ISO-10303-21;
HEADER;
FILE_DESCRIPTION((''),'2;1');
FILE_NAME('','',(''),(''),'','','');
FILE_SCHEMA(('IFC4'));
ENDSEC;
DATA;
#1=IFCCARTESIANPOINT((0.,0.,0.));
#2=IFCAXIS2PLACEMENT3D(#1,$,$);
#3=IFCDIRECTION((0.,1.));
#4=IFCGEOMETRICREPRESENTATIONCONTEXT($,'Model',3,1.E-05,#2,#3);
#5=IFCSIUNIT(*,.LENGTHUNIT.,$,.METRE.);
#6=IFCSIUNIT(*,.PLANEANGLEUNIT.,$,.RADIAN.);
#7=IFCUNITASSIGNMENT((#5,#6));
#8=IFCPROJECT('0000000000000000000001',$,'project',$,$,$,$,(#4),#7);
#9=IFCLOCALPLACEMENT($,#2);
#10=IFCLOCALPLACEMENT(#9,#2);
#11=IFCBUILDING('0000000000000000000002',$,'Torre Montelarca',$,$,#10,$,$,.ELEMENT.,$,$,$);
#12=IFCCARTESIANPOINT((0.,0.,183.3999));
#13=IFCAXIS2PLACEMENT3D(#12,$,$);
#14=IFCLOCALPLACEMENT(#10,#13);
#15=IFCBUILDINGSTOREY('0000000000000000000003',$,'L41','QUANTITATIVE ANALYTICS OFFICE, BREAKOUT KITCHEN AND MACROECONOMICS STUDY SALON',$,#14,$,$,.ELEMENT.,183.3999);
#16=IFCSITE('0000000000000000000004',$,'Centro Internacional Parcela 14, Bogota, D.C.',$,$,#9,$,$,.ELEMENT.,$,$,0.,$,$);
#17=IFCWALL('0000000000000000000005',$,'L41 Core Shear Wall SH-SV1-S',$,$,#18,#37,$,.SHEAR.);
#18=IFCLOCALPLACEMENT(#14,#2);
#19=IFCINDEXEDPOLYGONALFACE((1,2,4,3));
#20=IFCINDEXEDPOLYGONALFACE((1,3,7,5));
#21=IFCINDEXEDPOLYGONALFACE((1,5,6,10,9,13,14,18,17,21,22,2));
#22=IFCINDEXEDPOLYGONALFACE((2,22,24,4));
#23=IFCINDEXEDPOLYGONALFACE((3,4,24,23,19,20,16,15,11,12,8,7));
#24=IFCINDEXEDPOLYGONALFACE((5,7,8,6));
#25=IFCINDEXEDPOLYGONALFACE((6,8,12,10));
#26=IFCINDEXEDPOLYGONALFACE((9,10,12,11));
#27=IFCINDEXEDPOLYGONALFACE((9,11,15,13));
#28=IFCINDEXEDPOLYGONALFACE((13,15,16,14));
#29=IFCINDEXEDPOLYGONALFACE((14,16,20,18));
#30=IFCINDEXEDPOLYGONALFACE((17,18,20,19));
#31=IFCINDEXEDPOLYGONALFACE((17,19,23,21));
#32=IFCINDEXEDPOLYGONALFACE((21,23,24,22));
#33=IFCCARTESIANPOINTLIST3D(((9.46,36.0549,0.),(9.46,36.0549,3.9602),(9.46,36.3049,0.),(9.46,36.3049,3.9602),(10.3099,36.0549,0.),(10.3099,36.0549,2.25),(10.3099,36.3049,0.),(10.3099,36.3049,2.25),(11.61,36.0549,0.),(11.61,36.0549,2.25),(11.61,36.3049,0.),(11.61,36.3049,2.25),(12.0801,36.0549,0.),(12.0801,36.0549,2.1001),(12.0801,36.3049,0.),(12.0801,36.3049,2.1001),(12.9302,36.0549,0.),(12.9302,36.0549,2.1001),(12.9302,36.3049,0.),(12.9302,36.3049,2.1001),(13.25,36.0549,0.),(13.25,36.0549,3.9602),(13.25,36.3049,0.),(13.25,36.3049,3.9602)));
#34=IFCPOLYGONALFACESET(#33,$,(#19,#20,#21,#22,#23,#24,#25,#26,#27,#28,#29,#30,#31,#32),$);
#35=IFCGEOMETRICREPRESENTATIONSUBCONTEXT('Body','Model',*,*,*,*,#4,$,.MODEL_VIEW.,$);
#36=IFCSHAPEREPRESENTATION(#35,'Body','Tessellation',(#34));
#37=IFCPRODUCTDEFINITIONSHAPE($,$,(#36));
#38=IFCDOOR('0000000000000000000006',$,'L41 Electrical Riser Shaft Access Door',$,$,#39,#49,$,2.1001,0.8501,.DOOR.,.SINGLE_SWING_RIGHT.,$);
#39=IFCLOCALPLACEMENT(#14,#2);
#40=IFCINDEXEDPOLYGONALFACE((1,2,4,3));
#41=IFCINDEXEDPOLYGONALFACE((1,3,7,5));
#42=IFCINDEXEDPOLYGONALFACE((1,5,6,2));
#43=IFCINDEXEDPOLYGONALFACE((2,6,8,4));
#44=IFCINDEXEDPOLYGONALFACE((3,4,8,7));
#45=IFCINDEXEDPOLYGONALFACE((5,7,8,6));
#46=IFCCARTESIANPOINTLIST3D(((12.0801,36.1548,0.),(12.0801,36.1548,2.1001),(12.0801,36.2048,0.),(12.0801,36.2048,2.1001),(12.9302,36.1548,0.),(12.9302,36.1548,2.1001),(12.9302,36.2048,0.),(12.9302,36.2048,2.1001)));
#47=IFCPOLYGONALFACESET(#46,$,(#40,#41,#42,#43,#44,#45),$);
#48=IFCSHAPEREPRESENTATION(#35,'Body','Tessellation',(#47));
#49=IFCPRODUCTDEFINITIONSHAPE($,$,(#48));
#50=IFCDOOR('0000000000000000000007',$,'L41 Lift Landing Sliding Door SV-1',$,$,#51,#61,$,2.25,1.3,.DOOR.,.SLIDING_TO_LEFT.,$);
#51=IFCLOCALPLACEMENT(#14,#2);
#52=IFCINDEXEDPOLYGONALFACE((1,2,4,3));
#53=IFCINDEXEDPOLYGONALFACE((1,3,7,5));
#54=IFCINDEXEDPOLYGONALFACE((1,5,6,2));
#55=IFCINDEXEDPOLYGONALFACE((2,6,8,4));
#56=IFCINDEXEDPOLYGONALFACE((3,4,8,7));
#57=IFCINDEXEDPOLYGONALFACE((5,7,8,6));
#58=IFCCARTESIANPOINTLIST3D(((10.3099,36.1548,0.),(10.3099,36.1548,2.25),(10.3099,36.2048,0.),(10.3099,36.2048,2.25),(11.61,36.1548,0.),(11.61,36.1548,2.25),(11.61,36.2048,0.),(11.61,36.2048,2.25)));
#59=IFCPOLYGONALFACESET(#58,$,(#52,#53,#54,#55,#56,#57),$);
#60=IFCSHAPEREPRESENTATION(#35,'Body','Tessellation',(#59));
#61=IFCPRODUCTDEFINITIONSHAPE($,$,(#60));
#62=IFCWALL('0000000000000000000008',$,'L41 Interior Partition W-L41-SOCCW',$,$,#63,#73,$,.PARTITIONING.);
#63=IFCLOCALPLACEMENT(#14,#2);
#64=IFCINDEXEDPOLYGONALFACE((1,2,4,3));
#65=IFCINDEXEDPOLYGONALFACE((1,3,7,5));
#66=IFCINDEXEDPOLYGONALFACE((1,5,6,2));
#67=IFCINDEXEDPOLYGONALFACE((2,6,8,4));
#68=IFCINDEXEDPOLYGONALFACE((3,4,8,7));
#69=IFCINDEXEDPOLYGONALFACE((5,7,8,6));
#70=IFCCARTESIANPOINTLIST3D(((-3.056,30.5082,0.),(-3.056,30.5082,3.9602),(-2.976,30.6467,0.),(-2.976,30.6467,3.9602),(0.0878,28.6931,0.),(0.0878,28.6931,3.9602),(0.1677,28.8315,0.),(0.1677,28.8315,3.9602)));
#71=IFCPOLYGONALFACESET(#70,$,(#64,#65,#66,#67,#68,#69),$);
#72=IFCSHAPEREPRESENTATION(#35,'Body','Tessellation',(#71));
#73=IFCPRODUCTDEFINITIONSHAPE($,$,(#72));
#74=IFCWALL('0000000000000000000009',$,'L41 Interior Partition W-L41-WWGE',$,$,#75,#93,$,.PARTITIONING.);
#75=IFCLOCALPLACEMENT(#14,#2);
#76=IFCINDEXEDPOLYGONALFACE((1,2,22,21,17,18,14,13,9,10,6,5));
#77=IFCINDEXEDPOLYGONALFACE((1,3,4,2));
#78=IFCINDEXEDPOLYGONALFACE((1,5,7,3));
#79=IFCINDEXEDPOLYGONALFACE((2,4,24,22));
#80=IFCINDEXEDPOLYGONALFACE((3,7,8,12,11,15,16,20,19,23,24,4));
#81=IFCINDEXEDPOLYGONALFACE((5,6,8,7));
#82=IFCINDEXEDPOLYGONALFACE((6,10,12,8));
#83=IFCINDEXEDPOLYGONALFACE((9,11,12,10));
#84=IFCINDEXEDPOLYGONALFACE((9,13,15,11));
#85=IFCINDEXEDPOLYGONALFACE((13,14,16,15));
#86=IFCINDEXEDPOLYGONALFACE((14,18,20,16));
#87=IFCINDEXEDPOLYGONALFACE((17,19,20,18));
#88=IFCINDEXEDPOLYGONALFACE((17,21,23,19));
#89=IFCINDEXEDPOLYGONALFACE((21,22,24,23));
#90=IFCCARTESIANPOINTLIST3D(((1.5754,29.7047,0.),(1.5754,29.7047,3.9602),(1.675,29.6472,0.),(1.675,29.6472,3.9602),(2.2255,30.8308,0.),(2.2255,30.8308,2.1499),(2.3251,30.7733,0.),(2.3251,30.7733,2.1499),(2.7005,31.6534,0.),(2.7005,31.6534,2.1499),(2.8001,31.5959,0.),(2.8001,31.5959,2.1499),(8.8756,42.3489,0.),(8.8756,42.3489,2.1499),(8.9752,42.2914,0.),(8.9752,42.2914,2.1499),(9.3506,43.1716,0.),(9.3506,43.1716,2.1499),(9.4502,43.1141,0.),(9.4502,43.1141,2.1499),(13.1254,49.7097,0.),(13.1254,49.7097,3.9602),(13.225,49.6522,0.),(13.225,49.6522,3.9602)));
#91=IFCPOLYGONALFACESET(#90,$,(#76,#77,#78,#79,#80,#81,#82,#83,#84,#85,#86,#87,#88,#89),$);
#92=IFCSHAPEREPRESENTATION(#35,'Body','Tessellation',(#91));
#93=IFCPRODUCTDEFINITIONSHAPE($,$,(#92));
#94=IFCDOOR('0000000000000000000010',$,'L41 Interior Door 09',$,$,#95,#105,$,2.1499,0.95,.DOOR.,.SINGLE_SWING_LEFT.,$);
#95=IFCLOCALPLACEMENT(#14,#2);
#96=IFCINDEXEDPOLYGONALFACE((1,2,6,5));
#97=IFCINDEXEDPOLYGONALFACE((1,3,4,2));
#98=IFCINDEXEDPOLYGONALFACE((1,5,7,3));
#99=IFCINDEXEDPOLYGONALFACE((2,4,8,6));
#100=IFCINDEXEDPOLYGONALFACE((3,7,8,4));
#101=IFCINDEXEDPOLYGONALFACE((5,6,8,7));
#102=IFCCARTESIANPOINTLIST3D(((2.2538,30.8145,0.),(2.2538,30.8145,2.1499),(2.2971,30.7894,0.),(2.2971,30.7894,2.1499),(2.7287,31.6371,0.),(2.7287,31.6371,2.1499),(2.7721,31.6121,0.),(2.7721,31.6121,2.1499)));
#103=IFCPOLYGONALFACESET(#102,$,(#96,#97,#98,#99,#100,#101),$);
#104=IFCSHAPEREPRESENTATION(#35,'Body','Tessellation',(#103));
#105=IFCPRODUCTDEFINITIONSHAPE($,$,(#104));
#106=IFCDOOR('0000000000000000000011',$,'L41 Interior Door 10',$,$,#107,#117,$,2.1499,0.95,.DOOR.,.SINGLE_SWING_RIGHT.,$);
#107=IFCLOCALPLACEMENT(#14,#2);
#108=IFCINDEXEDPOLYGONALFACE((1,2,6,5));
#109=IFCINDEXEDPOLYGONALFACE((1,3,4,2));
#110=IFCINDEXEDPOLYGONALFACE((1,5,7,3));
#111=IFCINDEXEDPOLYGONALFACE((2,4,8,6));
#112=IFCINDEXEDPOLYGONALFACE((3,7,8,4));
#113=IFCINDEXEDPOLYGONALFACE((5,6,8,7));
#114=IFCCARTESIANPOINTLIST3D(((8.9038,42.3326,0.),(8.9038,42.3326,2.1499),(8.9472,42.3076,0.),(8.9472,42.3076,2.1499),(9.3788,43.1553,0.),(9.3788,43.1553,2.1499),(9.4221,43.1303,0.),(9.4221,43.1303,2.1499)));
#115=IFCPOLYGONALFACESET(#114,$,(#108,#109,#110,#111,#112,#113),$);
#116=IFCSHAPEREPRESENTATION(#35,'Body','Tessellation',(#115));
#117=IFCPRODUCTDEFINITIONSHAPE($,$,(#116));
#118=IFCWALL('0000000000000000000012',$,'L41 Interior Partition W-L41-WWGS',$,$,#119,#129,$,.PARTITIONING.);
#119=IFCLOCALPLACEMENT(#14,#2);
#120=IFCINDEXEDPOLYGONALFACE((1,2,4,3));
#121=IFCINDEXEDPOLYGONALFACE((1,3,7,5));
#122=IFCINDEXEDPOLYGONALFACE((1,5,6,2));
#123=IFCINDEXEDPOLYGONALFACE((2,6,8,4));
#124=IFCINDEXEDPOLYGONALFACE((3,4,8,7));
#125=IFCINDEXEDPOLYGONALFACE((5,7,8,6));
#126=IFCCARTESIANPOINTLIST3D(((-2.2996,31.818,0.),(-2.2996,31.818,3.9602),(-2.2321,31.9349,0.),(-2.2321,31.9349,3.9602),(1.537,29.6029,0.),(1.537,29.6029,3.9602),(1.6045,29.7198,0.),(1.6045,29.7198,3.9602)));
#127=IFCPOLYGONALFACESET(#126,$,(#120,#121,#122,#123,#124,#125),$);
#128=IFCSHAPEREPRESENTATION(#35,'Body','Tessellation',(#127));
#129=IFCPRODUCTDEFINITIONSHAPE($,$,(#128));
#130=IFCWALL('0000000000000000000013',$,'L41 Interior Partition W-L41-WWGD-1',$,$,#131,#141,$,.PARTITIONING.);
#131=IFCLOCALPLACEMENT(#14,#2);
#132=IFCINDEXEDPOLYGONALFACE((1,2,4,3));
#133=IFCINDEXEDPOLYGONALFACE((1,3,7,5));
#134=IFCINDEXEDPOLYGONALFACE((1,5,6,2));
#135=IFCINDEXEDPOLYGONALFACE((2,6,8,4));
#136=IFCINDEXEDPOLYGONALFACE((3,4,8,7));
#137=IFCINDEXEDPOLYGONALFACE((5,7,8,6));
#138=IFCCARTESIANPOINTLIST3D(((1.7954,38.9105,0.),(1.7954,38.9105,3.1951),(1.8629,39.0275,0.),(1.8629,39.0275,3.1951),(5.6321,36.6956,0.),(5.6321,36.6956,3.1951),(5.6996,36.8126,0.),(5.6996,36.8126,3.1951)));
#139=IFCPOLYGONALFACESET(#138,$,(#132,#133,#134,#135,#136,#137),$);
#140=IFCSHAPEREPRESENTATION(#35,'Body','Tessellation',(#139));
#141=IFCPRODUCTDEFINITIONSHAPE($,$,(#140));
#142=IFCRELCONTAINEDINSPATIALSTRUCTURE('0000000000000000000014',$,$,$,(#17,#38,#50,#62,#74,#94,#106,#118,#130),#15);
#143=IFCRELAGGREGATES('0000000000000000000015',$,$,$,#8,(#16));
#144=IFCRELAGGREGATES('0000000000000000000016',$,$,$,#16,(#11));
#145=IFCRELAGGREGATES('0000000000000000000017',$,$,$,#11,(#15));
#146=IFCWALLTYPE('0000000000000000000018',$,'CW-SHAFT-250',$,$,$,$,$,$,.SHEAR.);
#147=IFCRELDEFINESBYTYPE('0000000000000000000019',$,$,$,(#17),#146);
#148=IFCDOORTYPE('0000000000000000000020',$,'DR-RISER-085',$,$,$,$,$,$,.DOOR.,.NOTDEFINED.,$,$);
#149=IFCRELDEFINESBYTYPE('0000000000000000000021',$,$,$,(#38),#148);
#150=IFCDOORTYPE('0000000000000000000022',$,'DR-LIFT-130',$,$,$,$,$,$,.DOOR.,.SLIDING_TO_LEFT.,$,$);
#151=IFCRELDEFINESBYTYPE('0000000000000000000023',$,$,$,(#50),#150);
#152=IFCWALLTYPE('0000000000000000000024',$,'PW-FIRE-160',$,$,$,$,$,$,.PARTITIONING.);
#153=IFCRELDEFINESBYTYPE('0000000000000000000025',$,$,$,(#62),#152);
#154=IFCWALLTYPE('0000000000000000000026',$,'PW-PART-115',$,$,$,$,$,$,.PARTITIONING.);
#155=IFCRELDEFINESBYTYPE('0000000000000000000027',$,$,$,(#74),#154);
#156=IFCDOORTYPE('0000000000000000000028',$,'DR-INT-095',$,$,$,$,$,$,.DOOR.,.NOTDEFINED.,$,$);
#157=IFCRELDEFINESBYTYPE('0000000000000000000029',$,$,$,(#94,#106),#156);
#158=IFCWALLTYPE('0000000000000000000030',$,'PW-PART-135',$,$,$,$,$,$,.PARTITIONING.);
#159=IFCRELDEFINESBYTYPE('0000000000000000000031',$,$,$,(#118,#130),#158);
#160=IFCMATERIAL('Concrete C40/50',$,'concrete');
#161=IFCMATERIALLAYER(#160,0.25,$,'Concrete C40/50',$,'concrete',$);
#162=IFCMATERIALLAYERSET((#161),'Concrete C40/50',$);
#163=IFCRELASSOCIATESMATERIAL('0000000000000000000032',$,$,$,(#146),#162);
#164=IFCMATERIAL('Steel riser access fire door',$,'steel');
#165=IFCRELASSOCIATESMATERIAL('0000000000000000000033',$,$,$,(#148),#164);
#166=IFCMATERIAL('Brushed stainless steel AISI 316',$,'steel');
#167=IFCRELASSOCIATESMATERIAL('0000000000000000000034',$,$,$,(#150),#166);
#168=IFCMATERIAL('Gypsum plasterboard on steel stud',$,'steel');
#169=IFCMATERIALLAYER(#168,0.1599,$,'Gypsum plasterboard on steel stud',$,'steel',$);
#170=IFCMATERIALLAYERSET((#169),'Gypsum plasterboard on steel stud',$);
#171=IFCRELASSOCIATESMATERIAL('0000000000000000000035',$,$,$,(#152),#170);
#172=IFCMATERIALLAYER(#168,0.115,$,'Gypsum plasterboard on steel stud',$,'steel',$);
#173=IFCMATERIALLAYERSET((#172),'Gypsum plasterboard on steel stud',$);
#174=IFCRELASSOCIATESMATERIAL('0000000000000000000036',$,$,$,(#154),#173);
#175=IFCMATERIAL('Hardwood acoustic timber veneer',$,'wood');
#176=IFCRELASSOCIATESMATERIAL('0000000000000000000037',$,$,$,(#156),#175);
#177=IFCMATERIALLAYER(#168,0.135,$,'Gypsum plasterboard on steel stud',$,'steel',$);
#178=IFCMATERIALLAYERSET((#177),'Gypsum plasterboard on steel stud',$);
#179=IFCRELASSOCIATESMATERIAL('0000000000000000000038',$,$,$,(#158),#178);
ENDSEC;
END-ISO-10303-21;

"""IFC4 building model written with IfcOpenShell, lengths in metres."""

from ifc_helpers import new_model, si_unit, direction, frame, frame_2d, origin, place, context, subcontext, project, spatial, rectangle, extrude, source, transform, mapped, material, layer, layer_set, type_object, element, fill, save


model = new_model("IFC4")

# Units and contexts
model_context = context("Model", 3, precision=1e-05, world=origin(), true_north=direction((0.0, 1.0)))
body_context = subcontext(model_context, "Body", "Model", "MODEL_VIEW")
ifc_project = project(units=[si_unit("LENGTHUNIT", "METRE"), si_unit("PLANEANGLEUNIT", "RADIAN")], contexts=[model_context])

# Site, building, storey
site_placement = place(None, origin())
site = spatial("IfcSite", under=ifc_project, at=site_placement, Name="Centro Internacional Parcela 14, Bogota, D.C.", CompositionType="ELEMENT", RefElevation=0.0)
building_placement = place(site_placement, origin())
building = spatial("IfcBuilding", under=site, at=building_placement, Name="Torre Montelarca", CompositionType="ELEMENT")
storey_placement = place(building_placement, frame((0.0, 0.0, 183.3999)))
storey = spatial("IfcBuildingStorey", under=building, at=storey_placement, Name="L41", Description="QUANTITATIVE ANALYTICS OFFICE, BREAKOUT KITCHEN AND MACROECONOMICS STUDY SALON", CompositionType="ELEMENT", Elevation=183.3999)

# Shared definitions
ifc_material_1 = material(Name="Concrete C40/50", Category="concrete")
ifc_layer_1 = layer(ifc_material_1, 0.25, Name="Concrete C40/50", Category="concrete")
ifc_layer_set_1 = layer_set([ifc_layer_1], Name="Concrete C40/50")
wall_type_1 = type_object("IfcWallType", Name="CW-SHAFT-250", PredefinedType="SHEAR", material=ifc_layer_set_1)

# Wall, openings, doors
wall_1_placement = place(storey_placement, frame((9.46, 36.1799, 0.0), z_axis=(0.0, 0.0, 1.0), x_axis=(1.0, 0.0, 0.0)))
wall_1 = element("IfcWall", 1, at=wall_1_placement, inside=storey, type_object=wall_type_1, Name="L41 Core Shear Wall SH-SV1-S", PredefinedType="SHEAR", context=body_context, shape_type="SweptSolid", body=[
    extrude(rectangle(XDim=3.79, YDim=0.25, at=frame_2d((1.895, 0.0))), origin(), (0.0, 0.0, 1.0), 3.9602),
])
opening_1_placement = place(wall_1_placement, frame((2.6201, 0.0, 0.0)))
opening_1 = element("IfcOpeningElement", 2, at=opening_1_placement, cuts=wall_1, PredefinedType="OPENING", context=body_context, shape_type="SweptSolid", body=[
    extrude(rectangle(XDim=0.8501, YDim=2.1001, at=frame_2d((0.425, 1.05))), frame((0.0, 0.135, 0.0), z_axis=(0.0, -1.0, 0.0), x_axis=(1.0, 0.0, 0.0)), (0.0, 0.0, 1.0), 0.27),
])
opening_2_placement = place(wall_1_placement, frame((0.8501, 0.0, 0.0)))
opening_2 = element("IfcOpeningElement", 3, at=opening_2_placement, cuts=wall_1, PredefinedType="OPENING", context=body_context, shape_type="SweptSolid", body=[
    extrude(rectangle(XDim=1.3, YDim=2.25, at=frame_2d((0.6499, 1.125))), frame((0.0, 0.135, 0.0), z_axis=(0.0, -1.0, 0.0), x_axis=(1.0, 0.0, 0.0)), (0.0, 0.0, 1.0), 0.27),
])
ifc_material_2 = material(Name="Steel riser access fire door", Category="steel")
door_type_1 = type_object("IfcDoorType", Name="DR-RISER-085", OperationType="NOTDEFINED", PredefinedType="DOOR", material=ifc_material_2)
shared_shape_1 = source(origin(), body_context, "Body", "SweptSolid", [
    extrude(rectangle(XDim=0.8501, YDim=2.1001, at=frame_2d((0.425, 1.05))), frame((0.0, 0.0249, 0.0), z_axis=(0.0, -1.0, 0.0), x_axis=(1.0, 0.0, 0.0)), (0.0, 0.0, 1.0), 0.05),
])
door_1_placement = place(opening_1_placement, origin())
door_1 = element("IfcDoor", 4, at=door_1_placement, inside=storey, type_object=door_type_1, Name="L41 Electrical Riser Shaft Access Door", OperationType="SINGLE_SWING_RIGHT", OverallHeight=2.1001, OverallWidth=0.8501, PredefinedType="DOOR", context=body_context, shape_type="MappedRepresentation", body=[
    mapped(shared_shape_1, transform((0.0, 0.0, 0.0), scale=1.0)),
])
fill(opening_1, door_1)
ifc_material_3 = material(Name="Brushed stainless steel AISI 316", Category="steel")
door_type_2 = type_object("IfcDoorType", Name="DR-LIFT-130", OperationType="SLIDING_TO_LEFT", PredefinedType="DOOR", material=ifc_material_3)
shared_shape_2 = source(origin(), body_context, "Body", "SweptSolid", [
    extrude(rectangle(XDim=1.3, YDim=2.25, at=frame_2d((0.6499, 1.125))), frame((0.0, 0.0249, 0.0), z_axis=(0.0, -1.0, 0.0), x_axis=(1.0, 0.0, 0.0)), (0.0, 0.0, 1.0), 0.05),
])
door_2_placement = place(opening_2_placement, origin())
door_2 = element("IfcDoor", 5, at=door_2_placement, inside=storey, type_object=door_type_2, Name="L41 Lift Landing Sliding Door SV-1", OperationType="SLIDING_TO_LEFT", OverallHeight=2.25, OverallWidth=1.3, PredefinedType="DOOR", context=body_context, shape_type="MappedRepresentation", body=[
    mapped(shared_shape_2, transform((0.0, 0.0, 0.0), scale=1.0)),
])
fill(opening_2, door_2)

# Shared definitions
ifc_material_4 = material(Name="Gypsum plasterboard on steel stud", Category="steel")
ifc_layer_2 = layer(ifc_material_4, 0.1599, Name="Gypsum plasterboard on steel stud", Category="steel")
ifc_layer_set_2 = layer_set([ifc_layer_2], Name="Gypsum plasterboard on steel stud")
wall_type_2 = type_object("IfcWallType", Name="PW-FIRE-160", PredefinedType="PARTITIONING", material=ifc_layer_set_2)

# Wall
wall_2_placement = place(storey_placement, frame((-3.0159, 30.5774, 0.0), z_axis=(0.0, 0.0, 1.0), x_axis=(0.866012, -0.500023, 0.0)))
element("IfcWall", 6, at=wall_2_placement, inside=storey, type_object=wall_type_2, Name="L41 Interior Partition W-L41-SOCCW", PredefinedType="PARTITIONING", context=body_context, shape_type="SweptSolid", body=[
    extrude(rectangle(XDim=3.6301, YDim=0.1599, at=frame_2d((1.8149, 0.0))), origin(), (0.0, 0.0, 1.0), 3.9602),
])

# Wall, openings, doors
ifc_layer_3 = layer(ifc_material_4, 0.115, Name="Gypsum plasterboard on steel stud", Category="steel")
ifc_layer_set_3 = layer_set([ifc_layer_3], Name="Gypsum plasterboard on steel stud")
wall_type_3 = type_object("IfcWallType", Name="PW-PART-115", PredefinedType="PARTITIONING", material=ifc_layer_set_3)
wall_3_placement = place(storey_placement, frame((1.6252, 29.676, 0.0), z_axis=(0.0, 0.0, 1.0), x_axis=(0.500003, 0.866024, 0.0)))
wall_3 = element("IfcWall", 7, at=wall_3_placement, inside=storey, type_object=wall_type_3, Name="L41 Interior Partition W-L41-WWGE", PredefinedType="PARTITIONING", context=body_context, shape_type="SweptSolid", body=[
    extrude(rectangle(XDim=23.0999, YDim=0.115, at=frame_2d((11.5498, 0.0))), origin(), (0.0, 0.0, 1.0), 3.9602),
])
opening_3_placement = place(wall_3_placement, frame((1.3, 0.0, 0.0)))
opening_3 = element("IfcOpeningElement", 8, at=opening_3_placement, cuts=wall_3, PredefinedType="OPENING", context=body_context, shape_type="SweptSolid", body=[
    extrude(rectangle(XDim=0.95, YDim=2.1499, at=frame_2d((0.4751, 1.075))), frame((0.0, 0.0674, 0.0), z_axis=(0.0, -1.0, 0.0), x_axis=(1.0, 0.0, 0.0)), (0.0, 0.0, 1.0), 0.135),
])
opening_4_placement = place(wall_3_placement, frame((14.6001, 0.0, 0.0)))
opening_4 = element("IfcOpeningElement", 9, at=opening_4_placement, cuts=wall_3, PredefinedType="OPENING", context=body_context, shape_type="SweptSolid", body=[
    extrude(rectangle(XDim=0.95, YDim=2.1499, at=frame_2d((0.4751, 1.075))), frame((0.0, 0.0674, 0.0), z_axis=(0.0, -1.0, 0.0), x_axis=(1.0, 0.0, 0.0)), (0.0, 0.0, 1.0), 0.135),
])
ifc_material_5 = material(Name="Hardwood acoustic timber veneer", Category="wood")
door_type_3 = type_object("IfcDoorType", Name="DR-INT-095", OperationType="NOTDEFINED", PredefinedType="DOOR", material=ifc_material_5)
shared_shape_3 = source(origin(), body_context, "Body", "SweptSolid", [
    extrude(rectangle(XDim=0.95, YDim=2.1499, at=frame_2d((0.4751, 1.075))), frame((0.0, 0.0249, 0.0), z_axis=(0.0, -1.0, 0.0), x_axis=(1.0, 0.0, 0.0)), (0.0, 0.0, 1.0), 0.05),
])
door_3_placement = place(opening_3_placement, origin())
door_3 = element("IfcDoor", 10, at=door_3_placement, inside=storey, type_object=door_type_3, Name="L41 Interior Door 09", OperationType="SINGLE_SWING_LEFT", OverallHeight=2.1499, OverallWidth=0.95, PredefinedType="DOOR", context=body_context, shape_type="MappedRepresentation", body=[
    mapped(shared_shape_3, transform((0.0, 0.0, 0.0), scale=1.0)),
])
fill(opening_3, door_3)
door_4_placement = place(opening_4_placement, origin())
door_4 = element("IfcDoor", 11, at=door_4_placement, inside=storey, type_object=door_type_3, Name="L41 Interior Door 10", OperationType="SINGLE_SWING_RIGHT", OverallHeight=2.1499, OverallWidth=0.95, PredefinedType="DOOR", context=body_context, shape_type="MappedRepresentation", body=[
    mapped(shared_shape_3, transform((0.0, 0.0, 0.0), scale=1.0)),
])
fill(opening_4, door_4)

# Walls
ifc_layer_4 = layer(ifc_material_4, 0.135, Name="Gypsum plasterboard on steel stud", Category="steel")
ifc_layer_set_4 = layer_set([ifc_layer_4], Name="Gypsum plasterboard on steel stud")
wall_type_4 = type_object("IfcWallType", Name="PW-PART-135", PredefinedType="PARTITIONING", material=ifc_layer_set_4)
wall_4_placement = place(storey_placement, frame((-2.2659, 31.8765, 0.0), z_axis=(0.0, 0.0, 1.0), x_axis=(0.866027, -0.499998, 0.0)))
element("IfcWall", 12, at=wall_4_placement, inside=storey, type_object=wall_type_4, Name="L41 Interior Partition W-L41-WWGS", PredefinedType="PARTITIONING", context=body_context, shape_type="SweptSolid", body=[
    extrude(rectangle(XDim=4.4302, YDim=0.135, at=frame_2d((2.2151, 0.0))), origin(), (0.0, 0.0, 1.0), 3.9602),
])
wall_5_placement = place(storey_placement, frame((1.8291, 38.969, 0.0), z_axis=(0.0, 0.0, 1.0), x_axis=(0.866051, -0.499956, 0.0)))
element("IfcWall", 13, at=wall_5_placement, inside=storey, type_object=wall_type_4, Name="L41 Interior Partition W-L41-WWGD-1", PredefinedType="PARTITIONING", context=body_context, shape_type="SweptSolid", body=[
    extrude(rectangle(XDim=4.4302, YDim=0.135, at=frame_2d((2.2151, 0.0))), origin(), (0.0, 0.0, 1.0), 3.1951),
])

save(model, "model.ifc")
